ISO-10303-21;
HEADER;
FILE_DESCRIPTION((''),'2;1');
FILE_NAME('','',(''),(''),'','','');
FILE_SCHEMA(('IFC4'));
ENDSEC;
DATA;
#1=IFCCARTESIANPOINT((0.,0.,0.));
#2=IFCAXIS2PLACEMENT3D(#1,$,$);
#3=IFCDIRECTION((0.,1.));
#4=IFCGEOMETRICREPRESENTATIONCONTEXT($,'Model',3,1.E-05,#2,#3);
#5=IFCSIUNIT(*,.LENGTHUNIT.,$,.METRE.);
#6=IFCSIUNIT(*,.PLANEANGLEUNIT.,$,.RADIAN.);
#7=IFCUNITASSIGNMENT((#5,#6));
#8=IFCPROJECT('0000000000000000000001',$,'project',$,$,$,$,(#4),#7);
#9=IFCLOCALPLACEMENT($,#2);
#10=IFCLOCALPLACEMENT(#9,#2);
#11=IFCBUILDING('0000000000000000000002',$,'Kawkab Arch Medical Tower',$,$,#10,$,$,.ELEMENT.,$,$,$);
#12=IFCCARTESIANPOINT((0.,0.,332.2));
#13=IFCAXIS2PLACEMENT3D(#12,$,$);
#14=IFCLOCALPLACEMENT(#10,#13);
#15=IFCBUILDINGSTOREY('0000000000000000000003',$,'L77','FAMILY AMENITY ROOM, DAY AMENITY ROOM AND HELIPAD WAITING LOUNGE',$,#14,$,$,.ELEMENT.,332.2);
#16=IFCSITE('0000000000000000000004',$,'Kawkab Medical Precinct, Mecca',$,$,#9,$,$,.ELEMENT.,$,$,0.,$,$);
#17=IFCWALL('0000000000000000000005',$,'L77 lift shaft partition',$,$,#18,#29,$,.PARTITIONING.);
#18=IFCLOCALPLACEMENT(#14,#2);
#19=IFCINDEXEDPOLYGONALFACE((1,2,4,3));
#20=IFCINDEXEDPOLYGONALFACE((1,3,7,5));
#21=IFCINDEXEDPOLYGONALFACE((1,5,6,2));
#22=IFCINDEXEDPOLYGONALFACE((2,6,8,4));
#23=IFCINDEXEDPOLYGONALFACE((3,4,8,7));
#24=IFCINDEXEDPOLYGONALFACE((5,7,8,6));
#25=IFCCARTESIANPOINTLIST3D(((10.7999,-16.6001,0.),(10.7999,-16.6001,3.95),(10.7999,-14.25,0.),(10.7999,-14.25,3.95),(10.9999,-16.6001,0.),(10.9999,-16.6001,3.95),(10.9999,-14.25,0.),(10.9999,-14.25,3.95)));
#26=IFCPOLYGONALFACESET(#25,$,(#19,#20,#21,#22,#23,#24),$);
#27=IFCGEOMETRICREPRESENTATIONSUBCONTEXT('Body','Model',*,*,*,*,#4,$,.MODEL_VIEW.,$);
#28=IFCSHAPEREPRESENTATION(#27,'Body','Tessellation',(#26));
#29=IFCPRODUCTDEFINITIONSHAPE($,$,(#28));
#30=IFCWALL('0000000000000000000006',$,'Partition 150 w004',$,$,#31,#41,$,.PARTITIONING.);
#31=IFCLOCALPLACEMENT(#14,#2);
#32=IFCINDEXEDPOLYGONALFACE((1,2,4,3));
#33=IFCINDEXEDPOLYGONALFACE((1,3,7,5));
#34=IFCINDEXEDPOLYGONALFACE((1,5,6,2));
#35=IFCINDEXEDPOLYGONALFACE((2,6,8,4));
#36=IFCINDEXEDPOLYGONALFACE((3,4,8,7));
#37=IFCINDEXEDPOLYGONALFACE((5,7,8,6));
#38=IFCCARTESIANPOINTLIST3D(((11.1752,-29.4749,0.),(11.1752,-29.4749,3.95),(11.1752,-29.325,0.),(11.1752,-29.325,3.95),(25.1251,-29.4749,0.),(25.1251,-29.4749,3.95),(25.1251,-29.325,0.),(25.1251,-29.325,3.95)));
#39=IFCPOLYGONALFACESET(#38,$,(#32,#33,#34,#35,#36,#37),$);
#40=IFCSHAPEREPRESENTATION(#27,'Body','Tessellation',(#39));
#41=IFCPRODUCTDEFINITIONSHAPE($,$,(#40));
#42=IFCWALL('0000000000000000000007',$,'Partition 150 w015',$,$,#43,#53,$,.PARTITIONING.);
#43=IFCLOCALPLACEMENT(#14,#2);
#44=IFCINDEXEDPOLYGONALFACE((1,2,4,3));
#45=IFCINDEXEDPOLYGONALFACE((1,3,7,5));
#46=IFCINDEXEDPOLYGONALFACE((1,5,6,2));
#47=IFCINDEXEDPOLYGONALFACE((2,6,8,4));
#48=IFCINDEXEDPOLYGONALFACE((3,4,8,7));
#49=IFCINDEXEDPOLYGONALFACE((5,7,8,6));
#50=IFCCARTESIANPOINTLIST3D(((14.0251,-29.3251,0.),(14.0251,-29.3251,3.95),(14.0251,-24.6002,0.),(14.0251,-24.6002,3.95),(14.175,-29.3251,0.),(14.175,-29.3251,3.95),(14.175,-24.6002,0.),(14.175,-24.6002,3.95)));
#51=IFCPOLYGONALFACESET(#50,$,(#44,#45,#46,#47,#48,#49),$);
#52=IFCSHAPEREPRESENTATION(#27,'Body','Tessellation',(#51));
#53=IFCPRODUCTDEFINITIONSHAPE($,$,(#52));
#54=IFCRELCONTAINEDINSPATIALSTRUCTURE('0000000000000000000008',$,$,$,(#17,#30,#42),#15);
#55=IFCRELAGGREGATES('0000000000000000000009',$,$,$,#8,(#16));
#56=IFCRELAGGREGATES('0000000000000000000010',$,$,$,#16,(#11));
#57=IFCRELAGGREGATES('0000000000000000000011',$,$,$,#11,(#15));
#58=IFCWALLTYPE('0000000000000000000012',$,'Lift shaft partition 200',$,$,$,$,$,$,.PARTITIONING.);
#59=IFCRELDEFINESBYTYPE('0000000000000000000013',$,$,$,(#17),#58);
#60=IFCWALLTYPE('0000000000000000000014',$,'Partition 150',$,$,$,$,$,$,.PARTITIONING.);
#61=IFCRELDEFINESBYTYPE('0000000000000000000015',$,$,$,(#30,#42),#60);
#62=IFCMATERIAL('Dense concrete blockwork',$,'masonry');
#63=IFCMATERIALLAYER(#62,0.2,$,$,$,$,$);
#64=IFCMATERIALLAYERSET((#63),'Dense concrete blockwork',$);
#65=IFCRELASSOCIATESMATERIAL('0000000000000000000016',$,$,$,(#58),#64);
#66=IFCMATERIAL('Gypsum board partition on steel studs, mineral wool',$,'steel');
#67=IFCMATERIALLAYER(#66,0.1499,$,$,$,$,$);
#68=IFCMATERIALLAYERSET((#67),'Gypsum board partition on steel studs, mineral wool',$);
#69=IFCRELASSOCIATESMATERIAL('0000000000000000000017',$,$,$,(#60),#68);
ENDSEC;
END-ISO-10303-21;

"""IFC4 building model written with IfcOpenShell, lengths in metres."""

from ifc_helpers import new_model, si_unit, direction, frame, frame_2d, origin, place, context, subcontext, project, spatial, rectangle, extrude, material, layer, layer_set, type_object, element, save


model = new_model("IFC4")

# Units and contexts
model_context = context("Model", 3, precision=1e-05, world=origin(), true_north=direction((0.0, 1.0)))
body_context = subcontext(model_context, "Body", "Model", "MODEL_VIEW")
ifc_project = project(units=[si_unit("LENGTHUNIT", "METRE"), si_unit("PLANEANGLEUNIT", "RADIAN")], contexts=[model_context])

# Site, building, storey
site_placement = place(None, origin())
site = spatial("IfcSite", under=ifc_project, at=site_placement, Name="Kawkab Medical Precinct, Mecca", CompositionType="ELEMENT", RefElevation=0.0)
building_placement = place(site_placement, origin())
building = spatial("IfcBuilding", under=site, at=building_placement, Name="Kawkab Arch Medical Tower", CompositionType="ELEMENT")
storey_placement = place(building_placement, frame((0.0, 0.0, 332.2)))
storey = spatial("IfcBuildingStorey", under=building, at=storey_placement, Name="L77", Description="FAMILY AMENITY ROOM, DAY AMENITY ROOM AND HELIPAD WAITING LOUNGE", CompositionType="ELEMENT", Elevation=332.2)

# Walls
ifc_material_1 = material(Name="Dense concrete blockwork", Category="masonry")
ifc_layer_1 = layer(ifc_material_1, 0.2)
ifc_layer_set_1 = layer_set([ifc_layer_1], Name="Dense concrete blockwork")
wall_type_1 = type_object("IfcWallType", Name="Lift shaft partition 200", PredefinedType="PARTITIONING", material=ifc_layer_set_1)
wall_1_placement = place(storey_placement, frame((10.8999, -16.6001, 0.0), z_axis=(0.0, 0.0, 1.0), x_axis=(0.0, 1.0, 0.0)))
element("IfcWall", 1, at=wall_1_placement, inside=storey, type_object=wall_type_1, Name="L77 lift shaft partition", PredefinedType="PARTITIONING", context=body_context, shape_type="SweptSolid", body=[
    extrude(rectangle(XDim=2.3501, YDim=0.2, at=frame_2d((1.175, 0.0))), origin(), (0.0, 0.0, 1.0), 3.95),
])
ifc_material_2 = material(Name="Gypsum board partition on steel studs, mineral wool", Category="steel")
ifc_layer_2 = layer(ifc_material_2, 0.1499)
ifc_layer_set_2 = layer_set([ifc_layer_2], Name="Gypsum board partition on steel studs, mineral wool")
wall_type_2 = type_object("IfcWallType", Name="Partition 150", PredefinedType="PARTITIONING", material=ifc_layer_set_2)
wall_2_placement = place(storey_placement, frame((11.175, -29.3999, 0.0), z_axis=(0.0, 0.0, 1.0), x_axis=(1.0, 0.0, 0.0)))
element("IfcWall", 2, at=wall_2_placement, inside=storey, type_object=wall_type_2, Name="Partition 150 w004", PredefinedType="PARTITIONING", context=body_context, shape_type="SweptSolid", body=[
    extrude(rectangle(XDim=13.95, YDim=0.1499, at=frame_2d((6.9751, 0.0))), origin(), (0.0, 0.0, 1.0), 3.95),
])
wall_3_placement = place(storey_placement, frame((14.1001, -29.325, 0.0), z_axis=(0.0, 0.0, 1.0), x_axis=(0.0, 1.0, 0.0)))
element("IfcWall", 3, at=wall_3_placement, inside=storey, type_object=wall_type_2, Name="Partition 150 w015", PredefinedType="PARTITIONING", context=body_context, shape_type="SweptSolid", body=[
    extrude(rectangle(XDim=4.7249, YDim=0.1499, at=frame_2d((2.3623, 0.0))), origin(), (0.0, 0.0, 1.0), 3.95),
])

save(model, "model.ifc")
